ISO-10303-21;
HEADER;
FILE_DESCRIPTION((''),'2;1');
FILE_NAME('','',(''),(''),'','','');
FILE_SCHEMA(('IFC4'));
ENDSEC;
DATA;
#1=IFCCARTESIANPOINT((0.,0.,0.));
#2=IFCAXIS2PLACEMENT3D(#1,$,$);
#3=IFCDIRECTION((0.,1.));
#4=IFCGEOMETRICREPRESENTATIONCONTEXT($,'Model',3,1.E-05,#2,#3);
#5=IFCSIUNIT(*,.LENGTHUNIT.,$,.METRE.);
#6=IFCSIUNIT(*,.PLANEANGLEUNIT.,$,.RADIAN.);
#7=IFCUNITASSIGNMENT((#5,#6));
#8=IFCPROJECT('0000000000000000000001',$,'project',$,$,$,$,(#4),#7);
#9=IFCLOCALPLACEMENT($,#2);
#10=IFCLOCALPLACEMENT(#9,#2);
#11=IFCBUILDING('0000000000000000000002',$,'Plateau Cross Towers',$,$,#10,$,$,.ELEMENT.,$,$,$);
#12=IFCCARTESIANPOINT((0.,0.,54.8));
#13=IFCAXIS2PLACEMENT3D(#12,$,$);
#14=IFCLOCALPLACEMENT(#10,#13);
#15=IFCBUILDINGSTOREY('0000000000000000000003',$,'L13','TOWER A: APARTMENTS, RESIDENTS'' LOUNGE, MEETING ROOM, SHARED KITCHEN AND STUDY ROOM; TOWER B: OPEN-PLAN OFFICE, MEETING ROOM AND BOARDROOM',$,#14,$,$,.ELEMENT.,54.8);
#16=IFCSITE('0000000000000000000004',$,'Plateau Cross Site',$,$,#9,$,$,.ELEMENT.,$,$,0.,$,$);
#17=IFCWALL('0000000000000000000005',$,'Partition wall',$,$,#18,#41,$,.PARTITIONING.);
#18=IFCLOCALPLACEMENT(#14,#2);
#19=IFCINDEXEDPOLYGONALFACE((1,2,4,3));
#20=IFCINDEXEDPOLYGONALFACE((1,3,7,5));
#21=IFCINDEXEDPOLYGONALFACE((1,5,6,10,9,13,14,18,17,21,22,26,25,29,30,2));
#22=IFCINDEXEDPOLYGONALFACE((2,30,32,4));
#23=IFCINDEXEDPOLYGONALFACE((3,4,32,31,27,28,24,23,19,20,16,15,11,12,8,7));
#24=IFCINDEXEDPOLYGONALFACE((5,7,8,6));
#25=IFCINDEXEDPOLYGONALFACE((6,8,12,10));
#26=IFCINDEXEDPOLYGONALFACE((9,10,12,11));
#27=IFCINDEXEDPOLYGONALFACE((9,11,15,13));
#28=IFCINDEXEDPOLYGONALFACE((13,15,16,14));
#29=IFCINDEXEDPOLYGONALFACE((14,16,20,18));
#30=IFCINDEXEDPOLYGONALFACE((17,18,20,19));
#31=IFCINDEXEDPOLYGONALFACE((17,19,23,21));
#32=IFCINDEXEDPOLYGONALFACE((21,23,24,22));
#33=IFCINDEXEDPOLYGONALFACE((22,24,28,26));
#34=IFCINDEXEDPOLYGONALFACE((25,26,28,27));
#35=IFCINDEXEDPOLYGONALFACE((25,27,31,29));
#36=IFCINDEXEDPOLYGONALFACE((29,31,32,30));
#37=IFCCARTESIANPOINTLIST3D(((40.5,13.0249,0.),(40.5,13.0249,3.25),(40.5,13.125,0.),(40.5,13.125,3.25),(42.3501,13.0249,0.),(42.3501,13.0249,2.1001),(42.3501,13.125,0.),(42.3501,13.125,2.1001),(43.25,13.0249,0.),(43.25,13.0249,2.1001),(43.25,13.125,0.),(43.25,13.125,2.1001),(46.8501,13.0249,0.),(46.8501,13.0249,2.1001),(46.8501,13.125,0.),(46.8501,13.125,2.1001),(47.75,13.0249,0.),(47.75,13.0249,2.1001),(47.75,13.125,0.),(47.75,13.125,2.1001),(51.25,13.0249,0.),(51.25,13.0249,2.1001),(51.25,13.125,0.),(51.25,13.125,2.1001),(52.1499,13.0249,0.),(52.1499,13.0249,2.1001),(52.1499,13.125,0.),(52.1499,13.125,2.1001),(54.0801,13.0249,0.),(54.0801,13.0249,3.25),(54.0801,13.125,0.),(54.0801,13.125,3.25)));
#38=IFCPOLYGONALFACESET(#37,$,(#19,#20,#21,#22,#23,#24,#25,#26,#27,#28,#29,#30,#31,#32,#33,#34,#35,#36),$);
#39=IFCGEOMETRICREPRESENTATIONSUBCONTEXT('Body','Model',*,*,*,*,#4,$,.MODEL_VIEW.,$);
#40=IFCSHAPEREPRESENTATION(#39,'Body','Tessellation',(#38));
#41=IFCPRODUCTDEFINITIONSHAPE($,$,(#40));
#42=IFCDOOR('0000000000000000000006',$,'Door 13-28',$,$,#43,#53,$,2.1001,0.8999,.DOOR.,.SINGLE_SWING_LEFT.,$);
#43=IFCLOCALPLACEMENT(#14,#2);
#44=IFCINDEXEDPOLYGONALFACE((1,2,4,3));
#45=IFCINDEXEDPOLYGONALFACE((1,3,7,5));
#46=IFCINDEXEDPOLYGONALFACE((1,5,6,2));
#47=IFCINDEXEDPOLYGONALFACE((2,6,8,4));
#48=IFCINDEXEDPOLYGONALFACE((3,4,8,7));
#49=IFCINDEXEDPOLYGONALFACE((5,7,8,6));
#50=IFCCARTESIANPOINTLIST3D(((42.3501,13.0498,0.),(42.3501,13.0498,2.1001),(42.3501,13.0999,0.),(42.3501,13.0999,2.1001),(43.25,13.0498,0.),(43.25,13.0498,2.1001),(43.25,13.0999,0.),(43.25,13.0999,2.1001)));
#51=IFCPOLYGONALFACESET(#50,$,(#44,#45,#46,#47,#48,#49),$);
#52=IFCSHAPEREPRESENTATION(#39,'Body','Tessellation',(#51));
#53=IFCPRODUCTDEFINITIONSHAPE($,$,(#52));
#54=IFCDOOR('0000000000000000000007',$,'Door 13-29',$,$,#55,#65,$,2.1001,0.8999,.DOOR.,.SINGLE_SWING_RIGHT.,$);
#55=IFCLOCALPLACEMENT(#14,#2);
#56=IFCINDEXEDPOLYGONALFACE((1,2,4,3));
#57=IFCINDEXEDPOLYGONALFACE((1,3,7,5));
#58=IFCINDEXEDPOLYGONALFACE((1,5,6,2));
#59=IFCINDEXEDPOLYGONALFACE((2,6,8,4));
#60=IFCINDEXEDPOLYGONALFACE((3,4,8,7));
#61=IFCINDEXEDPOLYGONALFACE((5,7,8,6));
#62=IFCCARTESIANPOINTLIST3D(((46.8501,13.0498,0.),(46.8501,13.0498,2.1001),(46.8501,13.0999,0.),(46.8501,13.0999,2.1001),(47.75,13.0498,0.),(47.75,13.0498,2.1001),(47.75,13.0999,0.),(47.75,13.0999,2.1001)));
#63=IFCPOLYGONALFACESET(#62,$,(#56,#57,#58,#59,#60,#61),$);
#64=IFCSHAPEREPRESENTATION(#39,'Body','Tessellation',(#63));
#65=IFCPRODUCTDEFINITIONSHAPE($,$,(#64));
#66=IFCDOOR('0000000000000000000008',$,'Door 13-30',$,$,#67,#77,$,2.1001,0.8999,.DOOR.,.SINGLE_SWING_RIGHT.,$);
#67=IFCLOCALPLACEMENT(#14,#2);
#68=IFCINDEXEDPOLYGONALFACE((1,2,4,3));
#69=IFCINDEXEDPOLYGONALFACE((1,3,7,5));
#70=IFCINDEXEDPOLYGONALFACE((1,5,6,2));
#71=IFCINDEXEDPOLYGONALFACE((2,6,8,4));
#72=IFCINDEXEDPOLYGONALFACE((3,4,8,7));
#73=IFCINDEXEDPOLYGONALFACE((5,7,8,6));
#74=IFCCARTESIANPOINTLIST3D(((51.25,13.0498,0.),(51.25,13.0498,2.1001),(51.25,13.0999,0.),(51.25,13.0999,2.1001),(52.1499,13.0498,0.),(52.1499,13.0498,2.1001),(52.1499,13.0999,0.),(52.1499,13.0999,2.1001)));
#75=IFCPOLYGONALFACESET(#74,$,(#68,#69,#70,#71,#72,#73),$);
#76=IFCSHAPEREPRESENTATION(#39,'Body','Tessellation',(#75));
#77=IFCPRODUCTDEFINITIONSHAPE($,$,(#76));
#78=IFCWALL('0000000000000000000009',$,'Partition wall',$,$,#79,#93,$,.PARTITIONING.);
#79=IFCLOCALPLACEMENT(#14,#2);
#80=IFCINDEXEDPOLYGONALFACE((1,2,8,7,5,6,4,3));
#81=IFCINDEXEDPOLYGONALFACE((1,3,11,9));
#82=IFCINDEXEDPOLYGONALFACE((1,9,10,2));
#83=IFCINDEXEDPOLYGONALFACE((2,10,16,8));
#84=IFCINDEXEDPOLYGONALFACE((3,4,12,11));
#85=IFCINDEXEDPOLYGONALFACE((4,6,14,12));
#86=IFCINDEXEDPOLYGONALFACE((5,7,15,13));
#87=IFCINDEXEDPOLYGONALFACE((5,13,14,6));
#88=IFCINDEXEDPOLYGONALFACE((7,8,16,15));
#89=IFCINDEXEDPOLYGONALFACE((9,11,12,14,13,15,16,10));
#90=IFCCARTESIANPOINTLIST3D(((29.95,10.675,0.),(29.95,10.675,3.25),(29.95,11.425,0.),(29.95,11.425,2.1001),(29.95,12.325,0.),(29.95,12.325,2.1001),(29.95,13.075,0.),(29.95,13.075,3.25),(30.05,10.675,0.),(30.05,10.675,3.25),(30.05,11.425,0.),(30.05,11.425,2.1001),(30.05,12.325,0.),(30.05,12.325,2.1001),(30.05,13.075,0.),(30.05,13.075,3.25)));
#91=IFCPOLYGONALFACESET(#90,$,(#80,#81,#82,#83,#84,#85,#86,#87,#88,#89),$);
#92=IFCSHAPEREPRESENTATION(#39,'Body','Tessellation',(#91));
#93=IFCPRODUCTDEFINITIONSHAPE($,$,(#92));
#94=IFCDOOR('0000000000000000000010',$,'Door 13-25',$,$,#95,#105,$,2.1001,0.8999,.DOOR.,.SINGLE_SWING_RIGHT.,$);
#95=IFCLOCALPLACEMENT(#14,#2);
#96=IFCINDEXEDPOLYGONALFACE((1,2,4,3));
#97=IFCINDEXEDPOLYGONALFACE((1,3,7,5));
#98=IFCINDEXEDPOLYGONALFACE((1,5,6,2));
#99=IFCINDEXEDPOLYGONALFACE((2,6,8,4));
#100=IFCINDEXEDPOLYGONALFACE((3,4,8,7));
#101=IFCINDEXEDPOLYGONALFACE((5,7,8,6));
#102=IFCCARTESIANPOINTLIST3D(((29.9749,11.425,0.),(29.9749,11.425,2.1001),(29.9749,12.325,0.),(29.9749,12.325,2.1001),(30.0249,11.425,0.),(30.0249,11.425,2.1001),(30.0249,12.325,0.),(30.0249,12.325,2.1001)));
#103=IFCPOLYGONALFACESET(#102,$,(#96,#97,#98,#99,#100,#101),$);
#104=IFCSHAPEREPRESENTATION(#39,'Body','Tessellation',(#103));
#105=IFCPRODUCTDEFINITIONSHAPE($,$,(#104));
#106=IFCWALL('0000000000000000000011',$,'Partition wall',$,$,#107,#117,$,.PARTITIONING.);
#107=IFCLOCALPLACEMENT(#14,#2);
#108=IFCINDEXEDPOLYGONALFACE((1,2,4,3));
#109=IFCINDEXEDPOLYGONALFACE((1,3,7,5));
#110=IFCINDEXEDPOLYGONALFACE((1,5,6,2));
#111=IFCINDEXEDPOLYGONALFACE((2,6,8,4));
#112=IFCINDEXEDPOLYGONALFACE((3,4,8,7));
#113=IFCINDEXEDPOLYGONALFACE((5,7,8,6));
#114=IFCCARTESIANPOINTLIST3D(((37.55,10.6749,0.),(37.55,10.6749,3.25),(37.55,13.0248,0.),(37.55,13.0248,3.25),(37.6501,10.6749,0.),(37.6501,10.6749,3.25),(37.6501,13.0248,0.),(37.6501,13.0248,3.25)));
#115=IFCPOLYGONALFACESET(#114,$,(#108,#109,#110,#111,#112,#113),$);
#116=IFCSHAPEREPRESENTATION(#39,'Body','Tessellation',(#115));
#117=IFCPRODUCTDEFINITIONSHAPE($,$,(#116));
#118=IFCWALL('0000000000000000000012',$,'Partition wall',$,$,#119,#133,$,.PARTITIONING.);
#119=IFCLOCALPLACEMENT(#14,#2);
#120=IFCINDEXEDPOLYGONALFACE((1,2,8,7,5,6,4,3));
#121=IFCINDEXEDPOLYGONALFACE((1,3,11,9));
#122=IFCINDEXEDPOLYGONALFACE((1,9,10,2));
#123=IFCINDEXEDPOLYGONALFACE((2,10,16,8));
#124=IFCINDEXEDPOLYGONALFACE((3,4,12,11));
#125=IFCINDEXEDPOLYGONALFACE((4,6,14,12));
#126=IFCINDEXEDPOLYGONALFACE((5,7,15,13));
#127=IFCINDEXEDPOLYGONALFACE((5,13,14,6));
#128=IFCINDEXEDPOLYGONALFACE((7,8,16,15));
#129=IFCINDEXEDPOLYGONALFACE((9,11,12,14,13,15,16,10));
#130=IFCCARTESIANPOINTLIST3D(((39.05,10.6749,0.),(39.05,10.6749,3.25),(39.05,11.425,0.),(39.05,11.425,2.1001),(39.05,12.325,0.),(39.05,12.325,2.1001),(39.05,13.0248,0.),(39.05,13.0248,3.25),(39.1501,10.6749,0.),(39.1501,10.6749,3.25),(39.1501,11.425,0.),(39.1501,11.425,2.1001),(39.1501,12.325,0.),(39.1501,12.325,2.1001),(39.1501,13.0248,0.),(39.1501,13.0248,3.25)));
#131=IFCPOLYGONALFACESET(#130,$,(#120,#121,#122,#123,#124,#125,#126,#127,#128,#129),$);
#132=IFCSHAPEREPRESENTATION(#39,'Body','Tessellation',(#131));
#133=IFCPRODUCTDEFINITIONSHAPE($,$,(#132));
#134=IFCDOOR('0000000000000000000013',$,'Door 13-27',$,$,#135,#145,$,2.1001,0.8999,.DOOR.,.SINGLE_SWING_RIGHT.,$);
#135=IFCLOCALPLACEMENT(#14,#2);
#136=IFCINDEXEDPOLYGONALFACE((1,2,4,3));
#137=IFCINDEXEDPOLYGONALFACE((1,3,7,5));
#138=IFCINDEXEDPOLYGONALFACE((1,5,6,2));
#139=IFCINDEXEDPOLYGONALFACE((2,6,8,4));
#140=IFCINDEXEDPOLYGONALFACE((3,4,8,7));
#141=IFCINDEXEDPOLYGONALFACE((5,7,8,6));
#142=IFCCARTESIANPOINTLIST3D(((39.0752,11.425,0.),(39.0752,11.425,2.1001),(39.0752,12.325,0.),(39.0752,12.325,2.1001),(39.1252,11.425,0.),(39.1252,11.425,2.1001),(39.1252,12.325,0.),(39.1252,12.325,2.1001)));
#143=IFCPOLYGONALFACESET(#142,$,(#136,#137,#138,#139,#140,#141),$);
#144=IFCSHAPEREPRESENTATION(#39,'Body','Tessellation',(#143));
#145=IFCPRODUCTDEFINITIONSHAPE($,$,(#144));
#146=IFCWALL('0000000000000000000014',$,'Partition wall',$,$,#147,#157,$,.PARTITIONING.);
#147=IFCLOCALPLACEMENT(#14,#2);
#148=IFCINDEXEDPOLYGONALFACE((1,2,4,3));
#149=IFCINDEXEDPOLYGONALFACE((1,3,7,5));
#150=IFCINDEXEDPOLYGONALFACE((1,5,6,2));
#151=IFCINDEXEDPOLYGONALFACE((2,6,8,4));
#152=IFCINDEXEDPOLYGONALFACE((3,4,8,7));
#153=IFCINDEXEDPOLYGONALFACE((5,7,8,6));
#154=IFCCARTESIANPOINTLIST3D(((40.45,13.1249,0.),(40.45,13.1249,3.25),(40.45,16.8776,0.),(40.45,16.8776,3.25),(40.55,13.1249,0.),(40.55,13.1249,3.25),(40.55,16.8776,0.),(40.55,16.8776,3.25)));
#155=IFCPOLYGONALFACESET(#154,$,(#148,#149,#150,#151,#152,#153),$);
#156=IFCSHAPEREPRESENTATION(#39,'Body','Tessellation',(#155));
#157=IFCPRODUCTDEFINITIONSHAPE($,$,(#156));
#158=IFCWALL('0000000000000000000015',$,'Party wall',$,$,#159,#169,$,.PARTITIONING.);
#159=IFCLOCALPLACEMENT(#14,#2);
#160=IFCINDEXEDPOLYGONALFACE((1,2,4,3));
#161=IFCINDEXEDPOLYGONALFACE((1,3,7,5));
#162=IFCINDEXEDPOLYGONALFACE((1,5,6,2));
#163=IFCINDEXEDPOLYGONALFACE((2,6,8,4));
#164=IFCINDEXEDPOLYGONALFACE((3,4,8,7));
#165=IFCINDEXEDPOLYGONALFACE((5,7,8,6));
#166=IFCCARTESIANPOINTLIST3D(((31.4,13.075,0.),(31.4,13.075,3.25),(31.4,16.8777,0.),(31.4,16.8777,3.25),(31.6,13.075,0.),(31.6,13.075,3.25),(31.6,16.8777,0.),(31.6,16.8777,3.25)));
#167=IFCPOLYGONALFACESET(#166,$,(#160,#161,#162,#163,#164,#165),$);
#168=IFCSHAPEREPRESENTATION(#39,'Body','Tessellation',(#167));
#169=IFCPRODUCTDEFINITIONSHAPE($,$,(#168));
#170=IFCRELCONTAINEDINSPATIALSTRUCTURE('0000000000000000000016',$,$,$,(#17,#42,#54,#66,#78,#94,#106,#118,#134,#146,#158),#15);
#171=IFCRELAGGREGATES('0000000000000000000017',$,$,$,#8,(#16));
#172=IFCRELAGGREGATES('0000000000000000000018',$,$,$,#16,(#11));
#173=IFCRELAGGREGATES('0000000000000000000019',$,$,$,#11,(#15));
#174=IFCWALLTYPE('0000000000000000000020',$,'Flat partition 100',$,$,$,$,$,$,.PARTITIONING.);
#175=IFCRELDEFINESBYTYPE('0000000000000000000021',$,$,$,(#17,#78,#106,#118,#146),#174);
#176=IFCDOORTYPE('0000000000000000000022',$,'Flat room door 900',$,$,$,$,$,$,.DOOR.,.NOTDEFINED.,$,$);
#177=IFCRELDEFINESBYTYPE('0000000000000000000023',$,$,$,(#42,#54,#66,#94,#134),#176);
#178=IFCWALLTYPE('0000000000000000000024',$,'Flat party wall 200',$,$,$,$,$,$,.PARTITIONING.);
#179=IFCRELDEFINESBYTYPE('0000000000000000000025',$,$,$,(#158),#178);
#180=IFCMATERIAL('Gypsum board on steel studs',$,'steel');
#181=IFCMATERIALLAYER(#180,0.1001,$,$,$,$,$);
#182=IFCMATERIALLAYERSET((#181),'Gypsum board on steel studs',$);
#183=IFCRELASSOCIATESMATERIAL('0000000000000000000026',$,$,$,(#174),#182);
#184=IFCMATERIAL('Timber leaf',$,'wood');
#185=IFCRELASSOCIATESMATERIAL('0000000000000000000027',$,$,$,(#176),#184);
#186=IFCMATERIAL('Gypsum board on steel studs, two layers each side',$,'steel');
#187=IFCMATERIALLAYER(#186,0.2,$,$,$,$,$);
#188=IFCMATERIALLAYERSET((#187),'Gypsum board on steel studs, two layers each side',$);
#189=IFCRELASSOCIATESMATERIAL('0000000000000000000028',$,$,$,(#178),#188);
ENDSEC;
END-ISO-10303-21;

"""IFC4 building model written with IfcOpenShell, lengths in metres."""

from ifc_helpers import new_model, si_unit, direction, frame, frame_2d, origin, place, context, subcontext, project, spatial, rectangle, extrude, material, layer, layer_set, type_object, element, fill, save


model = new_model("IFC4")

# Units and contexts
model_context = context("Model", 3, precision=1e-05, world=origin(), true_north=direction((0.0, 1.0)))
body_context = subcontext(model_context, "Body", "Model", "MODEL_VIEW")
ifc_project = project(units=[si_unit("LENGTHUNIT", "METRE"), si_unit("PLANEANGLEUNIT", "RADIAN")], contexts=[model_context])

# Site, building, storey
site_placement = place(None, origin())
site = spatial("IfcSite", under=ifc_project, at=site_placement, Name="Plateau Cross Site", CompositionType="ELEMENT", RefElevation=0.0)
building_placement = place(site_placement, origin())
building = spatial("IfcBuilding", under=site, at=building_placement, Name="Plateau Cross Towers", CompositionType="ELEMENT")
storey_placement = place(building_placement, frame((0.0, 0.0, 54.8)))
storey = spatial("IfcBuildingStorey", under=building, at=storey_placement, Name="L13", Description="TOWER A: APARTMENTS, RESIDENTS' LOUNGE, MEETING ROOM, SHARED KITCHEN AND STUDY ROOM; TOWER B: OPEN-PLAN OFFICE, MEETING ROOM AND BOARDROOM", CompositionType="ELEMENT", Elevation=54.8)

# Shared definitions
ifc_material_1 = material(Name="Gypsum board on steel studs", Category="steel")
ifc_layer_1 = layer(ifc_material_1, 0.1001)
ifc_layer_set_1 = layer_set([ifc_layer_1], Name="Gypsum board on steel studs")
wall_type_1 = type_object("IfcWallType", Name="Flat partition 100", PredefinedType="PARTITIONING", material=ifc_layer_set_1)

# Shared definitions
ifc_material_2 = material(Name="Timber leaf", Category="wood")
door_type = type_object("IfcDoorType", Name="Flat room door 900", OperationType="NOTDEFINED", PredefinedType="DOOR", material=ifc_material_2)

# Wall, openings, doors
wall_1_placement = place(storey_placement, frame((40.5, 13.075, 0.0), z_axis=(0.0, 0.0, 1.0), x_axis=(1.0, 0.0, 0.0)))
wall_1 = element("IfcWall", 1, at=wall_1_placement, inside=storey, type_object=wall_type_1, Name="Partition wall", PredefinedType="PARTITIONING", context=body_context, shape_type="SweptSolid", body=[
    extrude(rectangle(XDim=13.5801, YDim=0.1001, at=frame_2d((6.79, 0.0))), origin(), (0.0, 0.0, 1.0), 3.25),
])
opening_1_placement = place(wall_1_placement, frame((1.8501, 0.0, 0.0)))
opening_1 = element("IfcOpeningElement", 2, at=opening_1_placement, cuts=wall_1, PredefinedType="OPENING", context=body_context, shape_type="SweptSolid", body=[
    extrude(rectangle(XDim=0.8999, YDim=2.1001, at=frame_2d((0.45, 1.05))), frame((0.0, 0.0601, 0.0), z_axis=(0.0, -1.0, 0.0), x_axis=(1.0, 0.0, 0.0)), (0.0, 0.0, 1.0), 0.1201),
])
opening_2_placement = place(wall_1_placement, frame((6.3501, 0.0, 0.0)))
opening_2 = element("IfcOpeningElement", 3, at=opening_2_placement, cuts=wall_1, PredefinedType="OPENING", context=body_context, shape_type="SweptSolid", body=[
    extrude(rectangle(XDim=0.8999, YDim=2.1001, at=frame_2d((0.45, 1.05))), frame((0.0, 0.0601, 0.0), z_axis=(0.0, -1.0, 0.0), x_axis=(1.0, 0.0, 0.0)), (0.0, 0.0, 1.0), 0.1201),
])
opening_3_placement = place(wall_1_placement, frame((10.75, 0.0, 0.0)))
opening_3 = element("IfcOpeningElement", 4, at=opening_3_placement, cuts=wall_1, PredefinedType="OPENING", context=body_context, shape_type="SweptSolid", body=[
    extrude(rectangle(XDim=0.8999, YDim=2.1001, at=frame_2d((0.45, 1.05))), frame((0.0, 0.0601, 0.0), z_axis=(0.0, -1.0, 0.0), x_axis=(1.0, 0.0, 0.0)), (0.0, 0.0, 1.0), 0.1201),
])
door_1_placement = place(opening_1_placement, origin())
door_1 = element("IfcDoor", 5, at=door_1_placement, inside=storey, type_object=door_type, Name="Door 13-28", OperationType="SINGLE_SWING_LEFT", OverallHeight=2.1001, OverallWidth=0.8999, PredefinedType="DOOR", context=body_context, shape_type="SweptSolid", body=[
    extrude(rectangle(XDim=0.8999, YDim=2.1001, at=frame_2d((0.45, 1.05))), frame((0.0, 0.0249, 0.0), z_axis=(0.0, -1.0, 0.0), x_axis=(1.0, 0.0, 0.0)), (0.0, 0.0, 1.0), 0.05),
])
fill(opening_1, door_1)
door_2_placement = place(opening_2_placement, origin())
door_2 = element("IfcDoor", 6, at=door_2_placement, inside=storey, type_object=door_type, Name="Door 13-29", OperationType="SINGLE_SWING_RIGHT", OverallHeight=2.1001, OverallWidth=0.8999, PredefinedType="DOOR", context=body_context, shape_type="SweptSolid", body=[
    extrude(rectangle(XDim=0.8999, YDim=2.1001, at=frame_2d((0.45, 1.05))), frame((0.0, 0.0249, 0.0), z_axis=(0.0, -1.0, 0.0), x_axis=(1.0, 0.0, 0.0)), (0.0, 0.0, 1.0), 0.05),
])
fill(opening_2, door_2)
door_3_placement = place(opening_3_placement, origin())
door_3 = element("IfcDoor", 7, at=door_3_placement, inside=storey, type_object=door_type, Name="Door 13-30", OperationType="SINGLE_SWING_RIGHT", OverallHeight=2.1001, OverallWidth=0.8999, PredefinedType="DOOR", context=body_context, shape_type="SweptSolid", body=[
    extrude(rectangle(XDim=0.8999, YDim=2.1001, at=frame_2d((0.45, 1.05))), frame((0.0, 0.0249, 0.0), z_axis=(0.0, -1.0, 0.0), x_axis=(1.0, 0.0, 0.0)), (0.0, 0.0, 1.0), 0.05),
])
fill(opening_3, door_3)

# Wall, opening, door
wall_2_placement = place(storey_placement, frame((30.0, 13.075, 0.0), z_axis=(0.0, 0.0, 1.0), x_axis=(0.0, -1.0, 0.0)))
wall_2 = element("IfcWall", 8, at=wall_2_placement, inside=storey, type_object=wall_type_1, Name="Partition wall", PredefinedType="PARTITIONING", context=body_context, shape_type="SweptSolid", body=[
    extrude(rectangle(XDim=2.3999, YDim=0.1001, at=frame_2d((1.2, 0.0))), origin(), (0.0, 0.0, 1.0), 3.25),
])
opening_4_placement = place(wall_2_placement, frame((0.75, 0.0, 0.0)))
opening_4 = element("IfcOpeningElement", 9, at=opening_4_placement, cuts=wall_2, PredefinedType="OPENING", context=body_context, shape_type="SweptSolid", body=[
    extrude(rectangle(XDim=0.8999, YDim=2.1001, at=frame_2d((0.45, 1.05))), frame((0.0, 0.0601, 0.0), z_axis=(0.0, -1.0, 0.0), x_axis=(1.0, 0.0, 0.0)), (0.0, 0.0, 1.0), 0.1201),
])
door_4_placement = place(opening_4_placement, origin())
door_4 = element("IfcDoor", 10, at=door_4_placement, inside=storey, type_object=door_type, Name="Door 13-25", OperationType="SINGLE_SWING_RIGHT", OverallHeight=2.1001, OverallWidth=0.8999, PredefinedType="DOOR", context=body_context, shape_type="SweptSolid", body=[
    extrude(rectangle(XDim=0.8999, YDim=2.1001, at=frame_2d((0.45, 1.05))), frame((0.0, 0.0249, 0.0), z_axis=(0.0, -1.0, 0.0), x_axis=(1.0, 0.0, 0.0)), (0.0, 0.0, 1.0), 0.05),
])
fill(opening_4, door_4)

# Wall
wall_3_placement = place(storey_placement, frame((37.6001, 10.675, 0.0), z_axis=(0.0, 0.0, 1.0), x_axis=(0.0, 1.0, 0.0)))
element("IfcWall", 11, at=wall_3_placement, inside=storey, type_object=wall_type_1, Name="Partition wall", PredefinedType="PARTITIONING", context=body_context, shape_type="SweptSolid", body=[
    extrude(rectangle(XDim=2.3499, YDim=0.1001, at=frame_2d((1.1748, 0.0))), origin(), (0.0, 0.0, 1.0), 3.25),
])

# Wall, opening, door
wall_4_placement = place(storey_placement, frame((39.1001, 10.675, 0.0), z_axis=(0.0, 0.0, 1.0), x_axis=(0.0, 1.0, 0.0)))
wall_4 = element("IfcWall", 12, at=wall_4_placement, inside=storey, type_object=wall_type_1, Name="Partition wall", PredefinedType="PARTITIONING", context=body_context, shape_type="SweptSolid", body=[
    extrude(rectangle(XDim=2.3499, YDim=0.1001, at=frame_2d((1.1748, 0.0))), origin(), (0.0, 0.0, 1.0), 3.25),
])
opening_5_placement = place(wall_4_placement, frame((0.75, 0.0, 0.0)))
opening_5 = element("IfcOpeningElement", 13, at=opening_5_placement, cuts=wall_4, PredefinedType="OPENING", context=body_context, shape_type="SweptSolid", body=[
    extrude(rectangle(XDim=0.8999, YDim=2.1001, at=frame_2d((0.45, 1.05))), frame((0.0, 0.0601, 0.0), z_axis=(0.0, -1.0, 0.0), x_axis=(1.0, 0.0, 0.0)), (0.0, 0.0, 1.0), 0.1201),
])
door_5_placement = place(opening_5_placement, origin())
door_5 = element("IfcDoor", 14, at=door_5_placement, inside=storey, type_object=door_type, Name="Door 13-27", OperationType="SINGLE_SWING_RIGHT", OverallHeight=2.1001, OverallWidth=0.8999, PredefinedType="DOOR", context=body_context, shape_type="SweptSolid", body=[
    extrude(rectangle(XDim=0.8999, YDim=2.1001, at=frame_2d((0.45, 1.05))), frame((0.0, 0.0249, 0.0), z_axis=(0.0, -1.0, 0.0), x_axis=(1.0, 0.0, 0.0)), (0.0, 0.0, 1.0), 0.05),
])
fill(opening_5, door_5)

# Walls
wall_5_placement = place(storey_placement, frame((40.5, 16.8777, 0.0), z_axis=(0.0, 0.0, 1.0), x_axis=(0.0, -1.0, 0.0)))
element("IfcWall", 15, at=wall_5_placement, inside=storey, type_object=wall_type_1, Name="Partition wall", PredefinedType="PARTITIONING", context=body_context, shape_type="SweptSolid", body=[
    extrude(rectangle(XDim=3.7527, YDim=0.1001, at=frame_2d((1.8765, 0.0))), origin(), (0.0, 0.0, 1.0), 3.25),
])
ifc_material_3 = material(Name="Gypsum board on steel studs, two layers each side", Category="steel")
ifc_layer_2 = layer(ifc_material_3, 0.2)
ifc_layer_set_2 = layer_set([ifc_layer_2], Name="Gypsum board on steel studs, two layers each side")
wall_type_2 = type_object("IfcWallType", Name="Flat party wall 200", PredefinedType="PARTITIONING", material=ifc_layer_set_2)
wall_6_placement = place(storey_placement, frame((31.5, 16.8777, 0.0), z_axis=(0.0, 0.0, 1.0), x_axis=(0.0, -1.0, 0.0)))
element("IfcWall", 16, at=wall_6_placement, inside=storey, type_object=wall_type_2, Name="Party wall", PredefinedType="PARTITIONING", context=body_context, shape_type="SweptSolid", body=[
    extrude(rectangle(XDim=3.8027, YDim=0.2, at=frame_2d((1.9014, 0.0))), origin(), (0.0, 0.0, 1.0), 3.25),
])

save(model, "model.ifc")
